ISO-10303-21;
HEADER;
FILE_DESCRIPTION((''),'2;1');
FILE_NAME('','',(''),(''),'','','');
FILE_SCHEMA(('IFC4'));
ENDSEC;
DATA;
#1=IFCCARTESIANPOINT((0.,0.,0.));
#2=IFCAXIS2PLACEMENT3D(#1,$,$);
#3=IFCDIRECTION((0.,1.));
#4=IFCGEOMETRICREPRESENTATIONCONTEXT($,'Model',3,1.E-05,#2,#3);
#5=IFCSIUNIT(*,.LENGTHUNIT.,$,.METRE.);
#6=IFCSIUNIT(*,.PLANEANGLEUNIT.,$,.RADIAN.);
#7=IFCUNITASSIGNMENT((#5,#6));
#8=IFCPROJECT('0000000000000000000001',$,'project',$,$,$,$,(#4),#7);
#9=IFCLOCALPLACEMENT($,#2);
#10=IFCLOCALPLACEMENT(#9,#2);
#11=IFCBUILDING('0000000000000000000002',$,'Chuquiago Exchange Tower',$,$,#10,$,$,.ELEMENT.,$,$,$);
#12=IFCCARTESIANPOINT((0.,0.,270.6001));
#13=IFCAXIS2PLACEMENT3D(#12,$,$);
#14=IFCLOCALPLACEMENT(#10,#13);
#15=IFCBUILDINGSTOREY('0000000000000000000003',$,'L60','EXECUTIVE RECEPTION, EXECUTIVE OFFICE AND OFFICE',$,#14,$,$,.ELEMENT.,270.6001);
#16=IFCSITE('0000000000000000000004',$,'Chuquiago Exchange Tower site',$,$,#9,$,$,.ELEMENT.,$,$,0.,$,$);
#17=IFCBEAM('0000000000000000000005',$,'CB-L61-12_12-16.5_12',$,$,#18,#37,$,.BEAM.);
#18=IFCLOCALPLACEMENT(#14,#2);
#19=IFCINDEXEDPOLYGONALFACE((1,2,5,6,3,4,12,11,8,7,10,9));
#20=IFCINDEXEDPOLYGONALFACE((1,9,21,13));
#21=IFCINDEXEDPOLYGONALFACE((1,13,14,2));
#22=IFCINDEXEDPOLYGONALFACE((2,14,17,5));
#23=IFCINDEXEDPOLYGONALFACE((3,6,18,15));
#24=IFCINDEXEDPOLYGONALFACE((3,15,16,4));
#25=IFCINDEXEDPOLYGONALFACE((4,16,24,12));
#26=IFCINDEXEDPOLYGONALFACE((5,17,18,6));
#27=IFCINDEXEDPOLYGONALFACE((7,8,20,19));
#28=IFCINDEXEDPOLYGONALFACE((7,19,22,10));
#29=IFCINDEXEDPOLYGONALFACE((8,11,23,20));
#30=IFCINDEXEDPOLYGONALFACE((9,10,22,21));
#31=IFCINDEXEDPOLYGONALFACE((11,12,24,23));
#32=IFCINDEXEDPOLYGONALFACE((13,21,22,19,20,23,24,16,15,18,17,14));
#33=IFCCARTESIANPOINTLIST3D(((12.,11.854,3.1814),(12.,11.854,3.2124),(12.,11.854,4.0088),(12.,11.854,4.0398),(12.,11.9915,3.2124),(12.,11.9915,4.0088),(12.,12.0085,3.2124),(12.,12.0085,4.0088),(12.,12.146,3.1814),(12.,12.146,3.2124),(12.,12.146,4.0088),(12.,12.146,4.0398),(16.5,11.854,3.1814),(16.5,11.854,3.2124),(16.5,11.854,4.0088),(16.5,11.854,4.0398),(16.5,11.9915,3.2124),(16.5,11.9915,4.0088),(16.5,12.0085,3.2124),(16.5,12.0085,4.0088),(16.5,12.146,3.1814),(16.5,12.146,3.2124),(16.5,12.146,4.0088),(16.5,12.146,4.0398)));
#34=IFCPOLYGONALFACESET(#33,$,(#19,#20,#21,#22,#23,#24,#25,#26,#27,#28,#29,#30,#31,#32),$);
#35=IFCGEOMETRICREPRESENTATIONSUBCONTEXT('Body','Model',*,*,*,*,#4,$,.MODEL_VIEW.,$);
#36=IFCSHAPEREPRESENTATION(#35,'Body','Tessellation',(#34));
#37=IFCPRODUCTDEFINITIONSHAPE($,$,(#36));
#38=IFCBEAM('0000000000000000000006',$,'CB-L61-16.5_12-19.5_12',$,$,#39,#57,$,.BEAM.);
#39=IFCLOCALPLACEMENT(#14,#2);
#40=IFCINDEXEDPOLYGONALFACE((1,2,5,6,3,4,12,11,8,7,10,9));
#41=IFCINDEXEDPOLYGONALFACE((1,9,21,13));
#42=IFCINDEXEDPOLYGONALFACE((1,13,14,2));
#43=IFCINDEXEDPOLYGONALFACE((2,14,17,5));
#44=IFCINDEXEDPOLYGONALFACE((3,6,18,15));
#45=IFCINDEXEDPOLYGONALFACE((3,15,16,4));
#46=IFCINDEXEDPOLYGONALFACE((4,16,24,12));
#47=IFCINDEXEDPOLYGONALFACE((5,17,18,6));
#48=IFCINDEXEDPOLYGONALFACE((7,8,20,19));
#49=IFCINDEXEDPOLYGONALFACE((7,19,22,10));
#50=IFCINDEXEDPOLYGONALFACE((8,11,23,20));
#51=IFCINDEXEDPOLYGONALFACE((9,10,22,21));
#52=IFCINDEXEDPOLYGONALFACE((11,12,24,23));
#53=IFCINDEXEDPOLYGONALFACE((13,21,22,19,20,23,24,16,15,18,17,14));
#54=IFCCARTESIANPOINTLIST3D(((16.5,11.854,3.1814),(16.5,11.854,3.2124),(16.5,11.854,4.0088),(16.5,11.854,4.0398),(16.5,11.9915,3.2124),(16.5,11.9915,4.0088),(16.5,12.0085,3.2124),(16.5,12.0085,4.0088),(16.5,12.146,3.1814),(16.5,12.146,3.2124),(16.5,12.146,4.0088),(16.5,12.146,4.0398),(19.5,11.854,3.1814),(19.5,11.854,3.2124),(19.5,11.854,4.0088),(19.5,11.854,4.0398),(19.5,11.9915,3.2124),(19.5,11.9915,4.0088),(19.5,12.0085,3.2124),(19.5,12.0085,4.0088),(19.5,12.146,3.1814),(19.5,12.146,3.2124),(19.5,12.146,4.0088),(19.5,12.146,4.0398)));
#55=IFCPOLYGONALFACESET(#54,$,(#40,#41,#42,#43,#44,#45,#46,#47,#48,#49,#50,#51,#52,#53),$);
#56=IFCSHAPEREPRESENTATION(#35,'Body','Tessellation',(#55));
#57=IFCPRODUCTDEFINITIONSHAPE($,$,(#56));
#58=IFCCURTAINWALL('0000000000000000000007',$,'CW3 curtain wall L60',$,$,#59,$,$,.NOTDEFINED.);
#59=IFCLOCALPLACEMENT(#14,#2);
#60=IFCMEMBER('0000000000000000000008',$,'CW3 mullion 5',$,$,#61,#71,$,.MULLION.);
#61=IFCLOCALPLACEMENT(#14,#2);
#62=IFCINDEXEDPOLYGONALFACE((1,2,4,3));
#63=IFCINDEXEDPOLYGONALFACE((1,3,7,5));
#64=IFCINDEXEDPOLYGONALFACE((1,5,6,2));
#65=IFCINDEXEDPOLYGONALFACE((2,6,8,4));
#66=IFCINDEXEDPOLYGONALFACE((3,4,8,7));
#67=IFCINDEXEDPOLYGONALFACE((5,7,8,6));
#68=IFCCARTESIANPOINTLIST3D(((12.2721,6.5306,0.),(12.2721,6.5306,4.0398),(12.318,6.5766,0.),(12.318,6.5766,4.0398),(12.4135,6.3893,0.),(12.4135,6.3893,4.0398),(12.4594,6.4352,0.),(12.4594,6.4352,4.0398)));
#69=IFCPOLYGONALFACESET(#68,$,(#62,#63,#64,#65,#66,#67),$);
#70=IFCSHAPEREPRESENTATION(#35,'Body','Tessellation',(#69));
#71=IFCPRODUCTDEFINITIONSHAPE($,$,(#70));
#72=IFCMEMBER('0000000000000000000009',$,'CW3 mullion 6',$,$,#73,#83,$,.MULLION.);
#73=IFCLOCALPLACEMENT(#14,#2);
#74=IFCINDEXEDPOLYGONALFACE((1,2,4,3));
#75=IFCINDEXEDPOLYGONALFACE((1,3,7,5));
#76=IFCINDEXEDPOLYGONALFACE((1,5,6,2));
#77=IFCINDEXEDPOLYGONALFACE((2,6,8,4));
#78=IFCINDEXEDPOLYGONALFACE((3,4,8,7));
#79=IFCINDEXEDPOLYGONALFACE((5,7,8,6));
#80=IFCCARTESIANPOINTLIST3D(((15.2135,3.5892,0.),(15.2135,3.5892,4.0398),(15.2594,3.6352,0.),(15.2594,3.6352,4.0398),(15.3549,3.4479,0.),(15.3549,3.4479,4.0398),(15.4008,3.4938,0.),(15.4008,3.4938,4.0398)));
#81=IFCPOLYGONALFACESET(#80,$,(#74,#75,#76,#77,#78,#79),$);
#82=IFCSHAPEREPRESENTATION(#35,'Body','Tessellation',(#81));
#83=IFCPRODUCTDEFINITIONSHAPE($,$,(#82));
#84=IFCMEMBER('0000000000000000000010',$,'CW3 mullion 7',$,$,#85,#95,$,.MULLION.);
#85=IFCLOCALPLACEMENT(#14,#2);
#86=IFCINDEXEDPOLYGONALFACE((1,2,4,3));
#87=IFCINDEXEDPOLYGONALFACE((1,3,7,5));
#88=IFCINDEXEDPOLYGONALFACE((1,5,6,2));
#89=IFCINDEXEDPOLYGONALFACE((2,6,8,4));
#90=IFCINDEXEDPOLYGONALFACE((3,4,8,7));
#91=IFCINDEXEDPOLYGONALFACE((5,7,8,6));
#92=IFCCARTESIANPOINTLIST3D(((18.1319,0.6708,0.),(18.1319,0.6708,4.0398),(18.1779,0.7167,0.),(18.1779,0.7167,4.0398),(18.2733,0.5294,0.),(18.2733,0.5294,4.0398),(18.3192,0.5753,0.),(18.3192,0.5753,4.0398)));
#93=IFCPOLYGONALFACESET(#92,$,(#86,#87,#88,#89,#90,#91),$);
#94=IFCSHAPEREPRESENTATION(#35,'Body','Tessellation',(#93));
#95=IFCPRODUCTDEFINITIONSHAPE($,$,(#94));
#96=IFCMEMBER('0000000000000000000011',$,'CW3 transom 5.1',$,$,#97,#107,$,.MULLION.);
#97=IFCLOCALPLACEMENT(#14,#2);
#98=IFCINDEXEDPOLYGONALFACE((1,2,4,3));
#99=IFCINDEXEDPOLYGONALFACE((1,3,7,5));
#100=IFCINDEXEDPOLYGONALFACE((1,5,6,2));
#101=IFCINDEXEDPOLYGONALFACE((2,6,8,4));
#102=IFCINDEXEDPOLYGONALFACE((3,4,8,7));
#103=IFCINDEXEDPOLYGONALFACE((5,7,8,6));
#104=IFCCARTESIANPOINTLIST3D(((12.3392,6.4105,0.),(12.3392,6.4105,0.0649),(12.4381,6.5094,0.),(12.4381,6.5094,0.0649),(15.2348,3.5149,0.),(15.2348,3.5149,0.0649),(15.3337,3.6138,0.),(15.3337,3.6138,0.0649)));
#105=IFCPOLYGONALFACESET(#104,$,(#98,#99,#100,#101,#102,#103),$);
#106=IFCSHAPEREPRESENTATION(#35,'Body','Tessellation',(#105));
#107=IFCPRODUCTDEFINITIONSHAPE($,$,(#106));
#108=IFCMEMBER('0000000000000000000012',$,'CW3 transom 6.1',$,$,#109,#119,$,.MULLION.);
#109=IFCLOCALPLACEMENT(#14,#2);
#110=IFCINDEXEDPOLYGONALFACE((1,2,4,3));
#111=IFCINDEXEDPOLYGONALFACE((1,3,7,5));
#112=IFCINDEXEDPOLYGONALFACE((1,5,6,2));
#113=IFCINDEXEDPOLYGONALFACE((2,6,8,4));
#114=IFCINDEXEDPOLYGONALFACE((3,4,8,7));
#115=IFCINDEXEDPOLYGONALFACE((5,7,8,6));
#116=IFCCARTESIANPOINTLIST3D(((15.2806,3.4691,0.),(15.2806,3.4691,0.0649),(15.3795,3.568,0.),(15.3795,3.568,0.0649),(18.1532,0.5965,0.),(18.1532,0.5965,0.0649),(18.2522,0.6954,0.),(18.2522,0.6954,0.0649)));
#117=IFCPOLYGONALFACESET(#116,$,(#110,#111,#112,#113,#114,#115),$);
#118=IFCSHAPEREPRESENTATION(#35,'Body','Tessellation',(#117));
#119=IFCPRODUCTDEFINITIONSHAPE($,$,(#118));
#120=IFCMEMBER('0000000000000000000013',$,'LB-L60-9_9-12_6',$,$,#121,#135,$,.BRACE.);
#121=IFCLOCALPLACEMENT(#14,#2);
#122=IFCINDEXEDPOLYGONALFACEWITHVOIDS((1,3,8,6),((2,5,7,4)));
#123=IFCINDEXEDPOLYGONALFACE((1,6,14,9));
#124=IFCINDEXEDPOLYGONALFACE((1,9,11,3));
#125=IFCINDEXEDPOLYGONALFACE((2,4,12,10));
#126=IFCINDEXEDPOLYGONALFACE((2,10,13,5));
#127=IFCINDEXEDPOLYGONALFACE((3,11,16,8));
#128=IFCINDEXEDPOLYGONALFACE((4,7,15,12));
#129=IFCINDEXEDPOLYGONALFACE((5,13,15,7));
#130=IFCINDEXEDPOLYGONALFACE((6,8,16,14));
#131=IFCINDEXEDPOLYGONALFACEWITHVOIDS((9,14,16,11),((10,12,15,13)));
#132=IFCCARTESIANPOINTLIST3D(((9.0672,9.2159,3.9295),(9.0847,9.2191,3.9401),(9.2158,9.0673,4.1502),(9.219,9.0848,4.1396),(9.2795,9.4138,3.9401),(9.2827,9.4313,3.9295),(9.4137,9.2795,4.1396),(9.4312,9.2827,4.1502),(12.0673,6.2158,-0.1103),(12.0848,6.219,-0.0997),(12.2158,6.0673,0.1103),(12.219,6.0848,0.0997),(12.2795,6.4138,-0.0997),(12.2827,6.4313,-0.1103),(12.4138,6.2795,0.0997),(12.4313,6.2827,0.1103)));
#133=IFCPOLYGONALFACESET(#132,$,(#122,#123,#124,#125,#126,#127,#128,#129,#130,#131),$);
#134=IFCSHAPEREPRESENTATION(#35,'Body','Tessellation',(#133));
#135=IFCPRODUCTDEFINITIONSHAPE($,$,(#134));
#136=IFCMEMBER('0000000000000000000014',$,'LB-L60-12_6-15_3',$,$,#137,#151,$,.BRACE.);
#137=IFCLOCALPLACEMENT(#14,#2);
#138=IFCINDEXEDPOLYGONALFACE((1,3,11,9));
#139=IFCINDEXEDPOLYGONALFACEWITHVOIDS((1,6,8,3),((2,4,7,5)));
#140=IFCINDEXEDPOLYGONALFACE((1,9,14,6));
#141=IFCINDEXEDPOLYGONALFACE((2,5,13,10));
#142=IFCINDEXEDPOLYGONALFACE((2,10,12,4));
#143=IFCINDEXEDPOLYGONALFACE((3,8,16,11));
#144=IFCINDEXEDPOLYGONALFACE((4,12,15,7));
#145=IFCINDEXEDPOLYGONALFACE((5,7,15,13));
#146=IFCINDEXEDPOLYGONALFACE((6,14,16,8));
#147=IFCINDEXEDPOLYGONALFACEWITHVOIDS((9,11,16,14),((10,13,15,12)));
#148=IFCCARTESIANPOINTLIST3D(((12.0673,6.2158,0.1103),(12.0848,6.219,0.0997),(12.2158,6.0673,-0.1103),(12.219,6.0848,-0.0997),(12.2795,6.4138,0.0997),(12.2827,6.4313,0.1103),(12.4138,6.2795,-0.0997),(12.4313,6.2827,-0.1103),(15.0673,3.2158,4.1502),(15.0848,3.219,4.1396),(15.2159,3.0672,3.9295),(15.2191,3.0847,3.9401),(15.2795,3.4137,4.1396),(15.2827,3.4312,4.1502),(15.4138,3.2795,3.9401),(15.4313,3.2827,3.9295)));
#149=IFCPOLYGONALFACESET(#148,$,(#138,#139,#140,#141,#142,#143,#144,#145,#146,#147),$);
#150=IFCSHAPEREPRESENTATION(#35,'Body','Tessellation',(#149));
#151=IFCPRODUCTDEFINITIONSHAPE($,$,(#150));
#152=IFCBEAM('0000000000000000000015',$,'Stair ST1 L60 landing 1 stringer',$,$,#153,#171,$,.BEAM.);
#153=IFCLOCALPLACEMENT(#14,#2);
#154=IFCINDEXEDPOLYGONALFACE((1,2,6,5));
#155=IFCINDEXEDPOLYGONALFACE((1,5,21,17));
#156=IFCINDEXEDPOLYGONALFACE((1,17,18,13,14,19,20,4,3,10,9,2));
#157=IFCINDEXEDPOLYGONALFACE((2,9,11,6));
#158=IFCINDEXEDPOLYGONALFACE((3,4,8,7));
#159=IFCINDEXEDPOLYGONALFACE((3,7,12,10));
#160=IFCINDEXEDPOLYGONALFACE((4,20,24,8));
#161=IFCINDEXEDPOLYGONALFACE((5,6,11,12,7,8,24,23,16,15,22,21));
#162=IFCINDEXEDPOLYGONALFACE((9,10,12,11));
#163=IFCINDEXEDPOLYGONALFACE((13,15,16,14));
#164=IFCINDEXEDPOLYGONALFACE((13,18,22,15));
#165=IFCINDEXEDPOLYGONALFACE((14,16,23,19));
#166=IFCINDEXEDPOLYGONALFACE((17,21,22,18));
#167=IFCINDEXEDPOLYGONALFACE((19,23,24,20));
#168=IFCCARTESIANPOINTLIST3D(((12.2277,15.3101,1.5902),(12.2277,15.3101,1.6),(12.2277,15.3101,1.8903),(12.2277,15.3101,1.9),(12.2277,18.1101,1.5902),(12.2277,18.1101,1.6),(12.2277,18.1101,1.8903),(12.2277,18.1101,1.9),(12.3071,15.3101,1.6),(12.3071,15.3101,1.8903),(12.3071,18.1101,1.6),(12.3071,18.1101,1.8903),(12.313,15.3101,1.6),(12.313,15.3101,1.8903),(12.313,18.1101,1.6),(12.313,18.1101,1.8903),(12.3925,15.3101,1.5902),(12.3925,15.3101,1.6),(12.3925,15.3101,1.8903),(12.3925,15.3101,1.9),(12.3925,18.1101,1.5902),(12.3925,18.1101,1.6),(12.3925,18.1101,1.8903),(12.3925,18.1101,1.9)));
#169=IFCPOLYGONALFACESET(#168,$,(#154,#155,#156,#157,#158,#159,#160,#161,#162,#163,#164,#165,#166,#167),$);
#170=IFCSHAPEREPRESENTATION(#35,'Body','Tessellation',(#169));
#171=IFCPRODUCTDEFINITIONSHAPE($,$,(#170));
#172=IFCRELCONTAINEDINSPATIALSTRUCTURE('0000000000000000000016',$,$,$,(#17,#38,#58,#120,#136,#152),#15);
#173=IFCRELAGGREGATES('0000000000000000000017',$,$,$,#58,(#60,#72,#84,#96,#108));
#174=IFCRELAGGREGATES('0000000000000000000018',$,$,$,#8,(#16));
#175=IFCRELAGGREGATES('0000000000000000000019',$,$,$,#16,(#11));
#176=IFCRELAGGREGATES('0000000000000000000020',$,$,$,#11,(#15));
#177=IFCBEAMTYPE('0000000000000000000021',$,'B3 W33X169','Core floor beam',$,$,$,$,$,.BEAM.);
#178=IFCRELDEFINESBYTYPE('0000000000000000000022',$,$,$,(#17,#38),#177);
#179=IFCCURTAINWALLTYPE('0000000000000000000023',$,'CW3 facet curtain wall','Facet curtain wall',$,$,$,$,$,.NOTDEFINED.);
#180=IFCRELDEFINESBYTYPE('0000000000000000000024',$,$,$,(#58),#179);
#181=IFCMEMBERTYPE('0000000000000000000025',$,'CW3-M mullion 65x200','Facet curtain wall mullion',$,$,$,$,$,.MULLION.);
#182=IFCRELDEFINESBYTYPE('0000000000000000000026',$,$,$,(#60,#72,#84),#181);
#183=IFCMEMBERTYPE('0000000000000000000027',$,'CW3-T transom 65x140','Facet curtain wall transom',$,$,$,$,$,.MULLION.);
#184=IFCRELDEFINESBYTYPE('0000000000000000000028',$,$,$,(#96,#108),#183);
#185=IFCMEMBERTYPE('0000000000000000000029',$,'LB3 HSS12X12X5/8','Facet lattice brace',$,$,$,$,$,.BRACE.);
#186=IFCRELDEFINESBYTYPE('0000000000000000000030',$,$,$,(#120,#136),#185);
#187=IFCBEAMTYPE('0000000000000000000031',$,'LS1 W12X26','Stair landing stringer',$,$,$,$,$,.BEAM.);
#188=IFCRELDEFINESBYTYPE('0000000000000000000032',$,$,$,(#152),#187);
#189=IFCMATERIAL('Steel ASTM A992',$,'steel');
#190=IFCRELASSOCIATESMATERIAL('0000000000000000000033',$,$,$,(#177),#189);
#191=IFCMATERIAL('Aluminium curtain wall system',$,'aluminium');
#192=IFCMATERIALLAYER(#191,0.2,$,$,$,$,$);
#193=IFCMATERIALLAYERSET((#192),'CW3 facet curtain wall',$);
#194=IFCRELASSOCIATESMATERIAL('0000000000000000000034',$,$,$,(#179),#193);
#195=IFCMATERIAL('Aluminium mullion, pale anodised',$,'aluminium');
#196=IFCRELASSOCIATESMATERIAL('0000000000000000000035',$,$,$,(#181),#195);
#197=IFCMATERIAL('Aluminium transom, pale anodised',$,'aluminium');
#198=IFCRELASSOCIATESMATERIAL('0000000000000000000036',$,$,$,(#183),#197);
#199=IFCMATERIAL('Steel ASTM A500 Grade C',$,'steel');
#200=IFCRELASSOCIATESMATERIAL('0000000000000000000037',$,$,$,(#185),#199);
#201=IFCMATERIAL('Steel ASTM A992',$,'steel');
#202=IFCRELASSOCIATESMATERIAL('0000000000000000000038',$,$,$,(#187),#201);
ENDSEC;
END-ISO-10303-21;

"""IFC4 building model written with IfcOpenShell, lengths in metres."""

from ifc_helpers import new_model, si_unit, direction, frame, origin, origin_2d, place, context, subcontext, project, spatial, rectangle, hollow_rectangle, i_section, extrude, material, layer, layer_set, material_profile, profile_set, type_object, element, aggregate, save


model = new_model("IFC4")

# Units and contexts
model_context = context("Model", 3, precision=1e-05, world=origin(), true_north=direction((0.0, 1.0)))
body_context = subcontext(model_context, "Body", "Model", "MODEL_VIEW")
ifc_project = project(units=[si_unit("LENGTHUNIT", "METRE"), si_unit("PLANEANGLEUNIT", "RADIAN")], contexts=[model_context])

# Site, building, storey
site_placement = place(None, origin())
site = spatial("IfcSite", under=ifc_project, at=site_placement, Name="Chuquiago Exchange Tower site", CompositionType="ELEMENT", RefElevation=0.0)
building_placement = place(site_placement, origin())
building = spatial("IfcBuilding", under=site, at=building_placement, Name="Chuquiago Exchange Tower", CompositionType="ELEMENT")
storey_placement = place(building_placement, frame((0.0, 0.0, 270.6001)))
storey = spatial("IfcBuildingStorey", under=building, at=storey_placement, Name="L60", Description="EXECUTIVE RECEPTION, EXECUTIVE OFFICE AND OFFICE", CompositionType="ELEMENT", Elevation=270.6001)

# Beams
ifc_material_1 = material(Name="Steel ASTM A992", Category="steel")
ifc_material_profile_1 = material_profile(ifc_material_1, i_section(OverallWidth=0.292, OverallDepth=0.8584, WebThickness=0.0171, FlangeThickness=0.031, at=origin_2d()), Name="W33X169")
ifc_profile_set_1 = profile_set([ifc_material_profile_1], Name="Steel ASTM A992")
beam_type_1 = type_object("IfcBeamType", Name="B3 W33X169", Description="Core floor beam", PredefinedType="BEAM", material=ifc_profile_set_1)
beam_1_placement = place(storey_placement, frame((12.0, 12.0, 3.6106), z_axis=(1.0, 0.0, 0.0), x_axis=(0.0, 1.0, 0.0)))
element("IfcBeam", 1, at=beam_1_placement, inside=storey, type_object=beam_type_1, Name="CB-L61-12_12-16.5_12", PredefinedType="BEAM", context=body_context, shape_type="SweptSolid", body=[
    extrude(i_section(OverallWidth=0.292, OverallDepth=0.8584, WebThickness=0.0171, FlangeThickness=0.031, at=origin_2d()), origin(), (0.0, 0.0, 1.0), 4.5),
])
beam_2_placement = place(storey_placement, frame((16.5, 12.0, 3.6106), z_axis=(1.0, 0.0, 0.0), x_axis=(0.0, 1.0, 0.0)))
element("IfcBeam", 2, at=beam_2_placement, inside=storey, type_object=beam_type_1, Name="CB-L61-16.5_12-19.5_12", PredefinedType="BEAM", context=body_context, shape_type="SweptSolid", body=[
    extrude(i_section(OverallWidth=0.292, OverallDepth=0.8584, WebThickness=0.0171, FlangeThickness=0.031, at=origin_2d()), origin(), (0.0, 0.0, 1.0), 3.0),
])

# Curtain wall, members
ifc_material_2 = material(Name="Aluminium curtain wall system", Category="aluminium")
ifc_layer_1 = layer(ifc_material_2, 0.2)
ifc_layer_set_1 = layer_set([ifc_layer_1], Name="CW3 facet curtain wall")
curtain_wall_type = type_object("IfcCurtainWallType", Name="CW3 facet curtain wall", Description="Facet curtain wall", PredefinedType="NOTDEFINED", material=ifc_layer_set_1)
curtain_wall_placement = place(storey_placement, origin())
curtain_wall = element("IfcCurtainWall", 3, at=curtain_wall_placement, inside=storey, type_object=curtain_wall_type, Name="CW3 curtain wall L60", PredefinedType="NOTDEFINED")
ifc_material_3 = material(Name="Aluminium mullion, pale anodised", Category="aluminium")
ifc_material_profile_2 = material_profile(ifc_material_3, rectangle(XDim=0.0649, YDim=0.2, at=origin_2d()), Name="AL 65x200")
ifc_profile_set_2 = profile_set([ifc_material_profile_2], Name="Aluminium mullion, pale anodised")
member_type_1 = type_object("IfcMemberType", Name="CW3-M mullion 65x200", Description="Facet curtain wall mullion", PredefinedType="MULLION", material=ifc_profile_set_2)
member_1_placement = place(storey_placement, frame((12.3657, 6.4829, 0.0), z_axis=(0.0, 0.0, 1.0), x_axis=(0.707107, 0.707107, 0.0)))
member_1 = element("IfcMember", 4, at=member_1_placement, type_object=member_type_1, Name="CW3 mullion 5", PredefinedType="MULLION", context=body_context, shape_type="SweptSolid", body=[
    extrude(rectangle(XDim=0.0649, YDim=0.2, at=origin_2d()), origin(), (0.0, 0.0, 1.0), 4.0398),
])
member_2_placement = place(storey_placement, frame((15.3071, 3.5415, 0.0), z_axis=(0.0, 0.0, 1.0), x_axis=(0.707107, 0.707107, 0.0)))
member_2 = element("IfcMember", 5, at=member_2_placement, type_object=member_type_1, Name="CW3 mullion 6", PredefinedType="MULLION", context=body_context, shape_type="SweptSolid", body=[
    extrude(rectangle(XDim=0.0649, YDim=0.2, at=origin_2d()), origin(), (0.0, 0.0, 1.0), 4.0398),
])
member_3_placement = place(storey_placement, frame((18.2256, 0.623, 0.0), z_axis=(0.0, 0.0, 1.0), x_axis=(0.707107, 0.707107, 0.0)))
member_3 = element("IfcMember", 6, at=member_3_placement, type_object=member_type_1, Name="CW3 mullion 7", PredefinedType="MULLION", context=body_context, shape_type="SweptSolid", body=[
    extrude(rectangle(XDim=0.0649, YDim=0.2, at=origin_2d()), origin(), (0.0, 0.0, 1.0), 4.0398),
])
ifc_material_4 = material(Name="Aluminium transom, pale anodised", Category="aluminium")
ifc_material_profile_3 = material_profile(ifc_material_4, rectangle(XDim=0.1399, YDim=0.0649, at=origin_2d()), Name="AL 140x65")
ifc_profile_set_3 = profile_set([ifc_material_profile_3], Name="Aluminium transom, pale anodised")
member_type_2 = type_object("IfcMemberType", Name="CW3-T transom 65x140", Description="Facet curtain wall transom", PredefinedType="MULLION", material=ifc_profile_set_3)
member_4_placement = place(storey_placement, frame((12.3887, 6.46, 0.0325), z_axis=(0.707107, -0.707107, 0.0), x_axis=(0.707107, 0.707107, 0.0)))
member_4 = element("IfcMember", 7, at=member_4_placement, type_object=member_type_2, Name="CW3 transom 5.1", PredefinedType="MULLION", context=body_context, shape_type="SweptSolid", body=[
    extrude(rectangle(XDim=0.1399, YDim=0.0649, at=origin_2d()), origin(), (0.0, 0.0, 1.0), 4.095),
])
member_5_placement = place(storey_placement, frame((15.3301, 3.5186, 0.0325), z_axis=(0.707107, -0.707107, 0.0), x_axis=(0.707107, 0.707107, 0.0)))
member_5 = element("IfcMember", 8, at=member_5_placement, type_object=member_type_2, Name="CW3 transom 6.1", PredefinedType="MULLION", context=body_context, shape_type="SweptSolid", body=[
    extrude(rectangle(XDim=0.1399, YDim=0.0649, at=origin_2d()), origin(), (0.0, 0.0, 1.0), 4.0625),
])

# Members
ifc_material_5 = material(Name="Steel ASTM A500 Grade C", Category="steel")
ifc_material_profile_4 = material_profile(ifc_material_5, hollow_rectangle(XDim=0.3047, YDim=0.3047, WallThickness=0.0146, at=origin_2d()), Name="HSS12X12X5/8")
ifc_profile_set_4 = profile_set([ifc_material_profile_4], Name="Steel ASTM A500 Grade C")
member_type_3 = type_object("IfcMemberType", Name="LB3 HSS12X12X5/8", Description="Facet lattice brace", PredefinedType="BRACE", material=ifc_profile_set_4)
for number, where, z_axis, x_axis, name in (
    (9, (12.2493, 6.2493, 0.0), (-0.512092, 0.512092, 0.689582), (-0.707107, -0.707107, 0.0), "LB-L60-9_9-12_6"),
    (10, (12.2493, 6.2493, 0.0), (0.512092, -0.512092, 0.689582), (0.707107, 0.707107, 0.0), "LB-L60-12_6-15_3"),
):
    element("IfcMember", number, at=place(storey_placement, frame(where, z_axis=z_axis, x_axis=x_axis)), inside=storey, type_object=member_type_3, Name=name, PredefinedType="BRACE", context=body_context, shape_type="SweptSolid", body=[
        extrude(hollow_rectangle(XDim=0.3047, YDim=0.3047, WallThickness=0.0146, at=origin_2d()), origin(), (0.0, 0.0, 1.0), 5.8584),
    ])

# Beam
ifc_material_6 = material(Name="Steel ASTM A992", Category="steel")
ifc_material_profile_5 = material_profile(ifc_material_6, i_section(OverallWidth=0.1648, OverallDepth=0.3098, WebThickness=0.0059, FlangeThickness=0.0098, at=origin_2d()), Name="W12X26")
ifc_profile_set_5 = profile_set([ifc_material_profile_5], Name="Steel ASTM A992")
beam_type_2 = type_object("IfcBeamType", Name="LS1 W12X26", Description="Stair landing stringer", PredefinedType="BEAM", material=ifc_profile_set_5)
beam_3_placement = place(storey_placement, frame((12.3101, 15.3101, 1.7451), z_axis=(0.0, 1.0, 0.0), x_axis=(-1.0, 0.0, 0.0)))
element("IfcBeam", 11, at=beam_3_placement, inside=storey, type_object=beam_type_2, Name="Stair ST1 L60 landing 1 stringer", PredefinedType="BEAM", context=body_context, shape_type="SweptSolid", body=[
    extrude(i_section(OverallWidth=0.1648, OverallDepth=0.3098, WebThickness=0.0059, FlangeThickness=0.0098, at=origin_2d()), origin(), (0.0, 0.0, 1.0), 2.8),
])

aggregate(curtain_wall, [member_1, member_2, member_3, member_4, member_5])

save(model, "model.ifc")
